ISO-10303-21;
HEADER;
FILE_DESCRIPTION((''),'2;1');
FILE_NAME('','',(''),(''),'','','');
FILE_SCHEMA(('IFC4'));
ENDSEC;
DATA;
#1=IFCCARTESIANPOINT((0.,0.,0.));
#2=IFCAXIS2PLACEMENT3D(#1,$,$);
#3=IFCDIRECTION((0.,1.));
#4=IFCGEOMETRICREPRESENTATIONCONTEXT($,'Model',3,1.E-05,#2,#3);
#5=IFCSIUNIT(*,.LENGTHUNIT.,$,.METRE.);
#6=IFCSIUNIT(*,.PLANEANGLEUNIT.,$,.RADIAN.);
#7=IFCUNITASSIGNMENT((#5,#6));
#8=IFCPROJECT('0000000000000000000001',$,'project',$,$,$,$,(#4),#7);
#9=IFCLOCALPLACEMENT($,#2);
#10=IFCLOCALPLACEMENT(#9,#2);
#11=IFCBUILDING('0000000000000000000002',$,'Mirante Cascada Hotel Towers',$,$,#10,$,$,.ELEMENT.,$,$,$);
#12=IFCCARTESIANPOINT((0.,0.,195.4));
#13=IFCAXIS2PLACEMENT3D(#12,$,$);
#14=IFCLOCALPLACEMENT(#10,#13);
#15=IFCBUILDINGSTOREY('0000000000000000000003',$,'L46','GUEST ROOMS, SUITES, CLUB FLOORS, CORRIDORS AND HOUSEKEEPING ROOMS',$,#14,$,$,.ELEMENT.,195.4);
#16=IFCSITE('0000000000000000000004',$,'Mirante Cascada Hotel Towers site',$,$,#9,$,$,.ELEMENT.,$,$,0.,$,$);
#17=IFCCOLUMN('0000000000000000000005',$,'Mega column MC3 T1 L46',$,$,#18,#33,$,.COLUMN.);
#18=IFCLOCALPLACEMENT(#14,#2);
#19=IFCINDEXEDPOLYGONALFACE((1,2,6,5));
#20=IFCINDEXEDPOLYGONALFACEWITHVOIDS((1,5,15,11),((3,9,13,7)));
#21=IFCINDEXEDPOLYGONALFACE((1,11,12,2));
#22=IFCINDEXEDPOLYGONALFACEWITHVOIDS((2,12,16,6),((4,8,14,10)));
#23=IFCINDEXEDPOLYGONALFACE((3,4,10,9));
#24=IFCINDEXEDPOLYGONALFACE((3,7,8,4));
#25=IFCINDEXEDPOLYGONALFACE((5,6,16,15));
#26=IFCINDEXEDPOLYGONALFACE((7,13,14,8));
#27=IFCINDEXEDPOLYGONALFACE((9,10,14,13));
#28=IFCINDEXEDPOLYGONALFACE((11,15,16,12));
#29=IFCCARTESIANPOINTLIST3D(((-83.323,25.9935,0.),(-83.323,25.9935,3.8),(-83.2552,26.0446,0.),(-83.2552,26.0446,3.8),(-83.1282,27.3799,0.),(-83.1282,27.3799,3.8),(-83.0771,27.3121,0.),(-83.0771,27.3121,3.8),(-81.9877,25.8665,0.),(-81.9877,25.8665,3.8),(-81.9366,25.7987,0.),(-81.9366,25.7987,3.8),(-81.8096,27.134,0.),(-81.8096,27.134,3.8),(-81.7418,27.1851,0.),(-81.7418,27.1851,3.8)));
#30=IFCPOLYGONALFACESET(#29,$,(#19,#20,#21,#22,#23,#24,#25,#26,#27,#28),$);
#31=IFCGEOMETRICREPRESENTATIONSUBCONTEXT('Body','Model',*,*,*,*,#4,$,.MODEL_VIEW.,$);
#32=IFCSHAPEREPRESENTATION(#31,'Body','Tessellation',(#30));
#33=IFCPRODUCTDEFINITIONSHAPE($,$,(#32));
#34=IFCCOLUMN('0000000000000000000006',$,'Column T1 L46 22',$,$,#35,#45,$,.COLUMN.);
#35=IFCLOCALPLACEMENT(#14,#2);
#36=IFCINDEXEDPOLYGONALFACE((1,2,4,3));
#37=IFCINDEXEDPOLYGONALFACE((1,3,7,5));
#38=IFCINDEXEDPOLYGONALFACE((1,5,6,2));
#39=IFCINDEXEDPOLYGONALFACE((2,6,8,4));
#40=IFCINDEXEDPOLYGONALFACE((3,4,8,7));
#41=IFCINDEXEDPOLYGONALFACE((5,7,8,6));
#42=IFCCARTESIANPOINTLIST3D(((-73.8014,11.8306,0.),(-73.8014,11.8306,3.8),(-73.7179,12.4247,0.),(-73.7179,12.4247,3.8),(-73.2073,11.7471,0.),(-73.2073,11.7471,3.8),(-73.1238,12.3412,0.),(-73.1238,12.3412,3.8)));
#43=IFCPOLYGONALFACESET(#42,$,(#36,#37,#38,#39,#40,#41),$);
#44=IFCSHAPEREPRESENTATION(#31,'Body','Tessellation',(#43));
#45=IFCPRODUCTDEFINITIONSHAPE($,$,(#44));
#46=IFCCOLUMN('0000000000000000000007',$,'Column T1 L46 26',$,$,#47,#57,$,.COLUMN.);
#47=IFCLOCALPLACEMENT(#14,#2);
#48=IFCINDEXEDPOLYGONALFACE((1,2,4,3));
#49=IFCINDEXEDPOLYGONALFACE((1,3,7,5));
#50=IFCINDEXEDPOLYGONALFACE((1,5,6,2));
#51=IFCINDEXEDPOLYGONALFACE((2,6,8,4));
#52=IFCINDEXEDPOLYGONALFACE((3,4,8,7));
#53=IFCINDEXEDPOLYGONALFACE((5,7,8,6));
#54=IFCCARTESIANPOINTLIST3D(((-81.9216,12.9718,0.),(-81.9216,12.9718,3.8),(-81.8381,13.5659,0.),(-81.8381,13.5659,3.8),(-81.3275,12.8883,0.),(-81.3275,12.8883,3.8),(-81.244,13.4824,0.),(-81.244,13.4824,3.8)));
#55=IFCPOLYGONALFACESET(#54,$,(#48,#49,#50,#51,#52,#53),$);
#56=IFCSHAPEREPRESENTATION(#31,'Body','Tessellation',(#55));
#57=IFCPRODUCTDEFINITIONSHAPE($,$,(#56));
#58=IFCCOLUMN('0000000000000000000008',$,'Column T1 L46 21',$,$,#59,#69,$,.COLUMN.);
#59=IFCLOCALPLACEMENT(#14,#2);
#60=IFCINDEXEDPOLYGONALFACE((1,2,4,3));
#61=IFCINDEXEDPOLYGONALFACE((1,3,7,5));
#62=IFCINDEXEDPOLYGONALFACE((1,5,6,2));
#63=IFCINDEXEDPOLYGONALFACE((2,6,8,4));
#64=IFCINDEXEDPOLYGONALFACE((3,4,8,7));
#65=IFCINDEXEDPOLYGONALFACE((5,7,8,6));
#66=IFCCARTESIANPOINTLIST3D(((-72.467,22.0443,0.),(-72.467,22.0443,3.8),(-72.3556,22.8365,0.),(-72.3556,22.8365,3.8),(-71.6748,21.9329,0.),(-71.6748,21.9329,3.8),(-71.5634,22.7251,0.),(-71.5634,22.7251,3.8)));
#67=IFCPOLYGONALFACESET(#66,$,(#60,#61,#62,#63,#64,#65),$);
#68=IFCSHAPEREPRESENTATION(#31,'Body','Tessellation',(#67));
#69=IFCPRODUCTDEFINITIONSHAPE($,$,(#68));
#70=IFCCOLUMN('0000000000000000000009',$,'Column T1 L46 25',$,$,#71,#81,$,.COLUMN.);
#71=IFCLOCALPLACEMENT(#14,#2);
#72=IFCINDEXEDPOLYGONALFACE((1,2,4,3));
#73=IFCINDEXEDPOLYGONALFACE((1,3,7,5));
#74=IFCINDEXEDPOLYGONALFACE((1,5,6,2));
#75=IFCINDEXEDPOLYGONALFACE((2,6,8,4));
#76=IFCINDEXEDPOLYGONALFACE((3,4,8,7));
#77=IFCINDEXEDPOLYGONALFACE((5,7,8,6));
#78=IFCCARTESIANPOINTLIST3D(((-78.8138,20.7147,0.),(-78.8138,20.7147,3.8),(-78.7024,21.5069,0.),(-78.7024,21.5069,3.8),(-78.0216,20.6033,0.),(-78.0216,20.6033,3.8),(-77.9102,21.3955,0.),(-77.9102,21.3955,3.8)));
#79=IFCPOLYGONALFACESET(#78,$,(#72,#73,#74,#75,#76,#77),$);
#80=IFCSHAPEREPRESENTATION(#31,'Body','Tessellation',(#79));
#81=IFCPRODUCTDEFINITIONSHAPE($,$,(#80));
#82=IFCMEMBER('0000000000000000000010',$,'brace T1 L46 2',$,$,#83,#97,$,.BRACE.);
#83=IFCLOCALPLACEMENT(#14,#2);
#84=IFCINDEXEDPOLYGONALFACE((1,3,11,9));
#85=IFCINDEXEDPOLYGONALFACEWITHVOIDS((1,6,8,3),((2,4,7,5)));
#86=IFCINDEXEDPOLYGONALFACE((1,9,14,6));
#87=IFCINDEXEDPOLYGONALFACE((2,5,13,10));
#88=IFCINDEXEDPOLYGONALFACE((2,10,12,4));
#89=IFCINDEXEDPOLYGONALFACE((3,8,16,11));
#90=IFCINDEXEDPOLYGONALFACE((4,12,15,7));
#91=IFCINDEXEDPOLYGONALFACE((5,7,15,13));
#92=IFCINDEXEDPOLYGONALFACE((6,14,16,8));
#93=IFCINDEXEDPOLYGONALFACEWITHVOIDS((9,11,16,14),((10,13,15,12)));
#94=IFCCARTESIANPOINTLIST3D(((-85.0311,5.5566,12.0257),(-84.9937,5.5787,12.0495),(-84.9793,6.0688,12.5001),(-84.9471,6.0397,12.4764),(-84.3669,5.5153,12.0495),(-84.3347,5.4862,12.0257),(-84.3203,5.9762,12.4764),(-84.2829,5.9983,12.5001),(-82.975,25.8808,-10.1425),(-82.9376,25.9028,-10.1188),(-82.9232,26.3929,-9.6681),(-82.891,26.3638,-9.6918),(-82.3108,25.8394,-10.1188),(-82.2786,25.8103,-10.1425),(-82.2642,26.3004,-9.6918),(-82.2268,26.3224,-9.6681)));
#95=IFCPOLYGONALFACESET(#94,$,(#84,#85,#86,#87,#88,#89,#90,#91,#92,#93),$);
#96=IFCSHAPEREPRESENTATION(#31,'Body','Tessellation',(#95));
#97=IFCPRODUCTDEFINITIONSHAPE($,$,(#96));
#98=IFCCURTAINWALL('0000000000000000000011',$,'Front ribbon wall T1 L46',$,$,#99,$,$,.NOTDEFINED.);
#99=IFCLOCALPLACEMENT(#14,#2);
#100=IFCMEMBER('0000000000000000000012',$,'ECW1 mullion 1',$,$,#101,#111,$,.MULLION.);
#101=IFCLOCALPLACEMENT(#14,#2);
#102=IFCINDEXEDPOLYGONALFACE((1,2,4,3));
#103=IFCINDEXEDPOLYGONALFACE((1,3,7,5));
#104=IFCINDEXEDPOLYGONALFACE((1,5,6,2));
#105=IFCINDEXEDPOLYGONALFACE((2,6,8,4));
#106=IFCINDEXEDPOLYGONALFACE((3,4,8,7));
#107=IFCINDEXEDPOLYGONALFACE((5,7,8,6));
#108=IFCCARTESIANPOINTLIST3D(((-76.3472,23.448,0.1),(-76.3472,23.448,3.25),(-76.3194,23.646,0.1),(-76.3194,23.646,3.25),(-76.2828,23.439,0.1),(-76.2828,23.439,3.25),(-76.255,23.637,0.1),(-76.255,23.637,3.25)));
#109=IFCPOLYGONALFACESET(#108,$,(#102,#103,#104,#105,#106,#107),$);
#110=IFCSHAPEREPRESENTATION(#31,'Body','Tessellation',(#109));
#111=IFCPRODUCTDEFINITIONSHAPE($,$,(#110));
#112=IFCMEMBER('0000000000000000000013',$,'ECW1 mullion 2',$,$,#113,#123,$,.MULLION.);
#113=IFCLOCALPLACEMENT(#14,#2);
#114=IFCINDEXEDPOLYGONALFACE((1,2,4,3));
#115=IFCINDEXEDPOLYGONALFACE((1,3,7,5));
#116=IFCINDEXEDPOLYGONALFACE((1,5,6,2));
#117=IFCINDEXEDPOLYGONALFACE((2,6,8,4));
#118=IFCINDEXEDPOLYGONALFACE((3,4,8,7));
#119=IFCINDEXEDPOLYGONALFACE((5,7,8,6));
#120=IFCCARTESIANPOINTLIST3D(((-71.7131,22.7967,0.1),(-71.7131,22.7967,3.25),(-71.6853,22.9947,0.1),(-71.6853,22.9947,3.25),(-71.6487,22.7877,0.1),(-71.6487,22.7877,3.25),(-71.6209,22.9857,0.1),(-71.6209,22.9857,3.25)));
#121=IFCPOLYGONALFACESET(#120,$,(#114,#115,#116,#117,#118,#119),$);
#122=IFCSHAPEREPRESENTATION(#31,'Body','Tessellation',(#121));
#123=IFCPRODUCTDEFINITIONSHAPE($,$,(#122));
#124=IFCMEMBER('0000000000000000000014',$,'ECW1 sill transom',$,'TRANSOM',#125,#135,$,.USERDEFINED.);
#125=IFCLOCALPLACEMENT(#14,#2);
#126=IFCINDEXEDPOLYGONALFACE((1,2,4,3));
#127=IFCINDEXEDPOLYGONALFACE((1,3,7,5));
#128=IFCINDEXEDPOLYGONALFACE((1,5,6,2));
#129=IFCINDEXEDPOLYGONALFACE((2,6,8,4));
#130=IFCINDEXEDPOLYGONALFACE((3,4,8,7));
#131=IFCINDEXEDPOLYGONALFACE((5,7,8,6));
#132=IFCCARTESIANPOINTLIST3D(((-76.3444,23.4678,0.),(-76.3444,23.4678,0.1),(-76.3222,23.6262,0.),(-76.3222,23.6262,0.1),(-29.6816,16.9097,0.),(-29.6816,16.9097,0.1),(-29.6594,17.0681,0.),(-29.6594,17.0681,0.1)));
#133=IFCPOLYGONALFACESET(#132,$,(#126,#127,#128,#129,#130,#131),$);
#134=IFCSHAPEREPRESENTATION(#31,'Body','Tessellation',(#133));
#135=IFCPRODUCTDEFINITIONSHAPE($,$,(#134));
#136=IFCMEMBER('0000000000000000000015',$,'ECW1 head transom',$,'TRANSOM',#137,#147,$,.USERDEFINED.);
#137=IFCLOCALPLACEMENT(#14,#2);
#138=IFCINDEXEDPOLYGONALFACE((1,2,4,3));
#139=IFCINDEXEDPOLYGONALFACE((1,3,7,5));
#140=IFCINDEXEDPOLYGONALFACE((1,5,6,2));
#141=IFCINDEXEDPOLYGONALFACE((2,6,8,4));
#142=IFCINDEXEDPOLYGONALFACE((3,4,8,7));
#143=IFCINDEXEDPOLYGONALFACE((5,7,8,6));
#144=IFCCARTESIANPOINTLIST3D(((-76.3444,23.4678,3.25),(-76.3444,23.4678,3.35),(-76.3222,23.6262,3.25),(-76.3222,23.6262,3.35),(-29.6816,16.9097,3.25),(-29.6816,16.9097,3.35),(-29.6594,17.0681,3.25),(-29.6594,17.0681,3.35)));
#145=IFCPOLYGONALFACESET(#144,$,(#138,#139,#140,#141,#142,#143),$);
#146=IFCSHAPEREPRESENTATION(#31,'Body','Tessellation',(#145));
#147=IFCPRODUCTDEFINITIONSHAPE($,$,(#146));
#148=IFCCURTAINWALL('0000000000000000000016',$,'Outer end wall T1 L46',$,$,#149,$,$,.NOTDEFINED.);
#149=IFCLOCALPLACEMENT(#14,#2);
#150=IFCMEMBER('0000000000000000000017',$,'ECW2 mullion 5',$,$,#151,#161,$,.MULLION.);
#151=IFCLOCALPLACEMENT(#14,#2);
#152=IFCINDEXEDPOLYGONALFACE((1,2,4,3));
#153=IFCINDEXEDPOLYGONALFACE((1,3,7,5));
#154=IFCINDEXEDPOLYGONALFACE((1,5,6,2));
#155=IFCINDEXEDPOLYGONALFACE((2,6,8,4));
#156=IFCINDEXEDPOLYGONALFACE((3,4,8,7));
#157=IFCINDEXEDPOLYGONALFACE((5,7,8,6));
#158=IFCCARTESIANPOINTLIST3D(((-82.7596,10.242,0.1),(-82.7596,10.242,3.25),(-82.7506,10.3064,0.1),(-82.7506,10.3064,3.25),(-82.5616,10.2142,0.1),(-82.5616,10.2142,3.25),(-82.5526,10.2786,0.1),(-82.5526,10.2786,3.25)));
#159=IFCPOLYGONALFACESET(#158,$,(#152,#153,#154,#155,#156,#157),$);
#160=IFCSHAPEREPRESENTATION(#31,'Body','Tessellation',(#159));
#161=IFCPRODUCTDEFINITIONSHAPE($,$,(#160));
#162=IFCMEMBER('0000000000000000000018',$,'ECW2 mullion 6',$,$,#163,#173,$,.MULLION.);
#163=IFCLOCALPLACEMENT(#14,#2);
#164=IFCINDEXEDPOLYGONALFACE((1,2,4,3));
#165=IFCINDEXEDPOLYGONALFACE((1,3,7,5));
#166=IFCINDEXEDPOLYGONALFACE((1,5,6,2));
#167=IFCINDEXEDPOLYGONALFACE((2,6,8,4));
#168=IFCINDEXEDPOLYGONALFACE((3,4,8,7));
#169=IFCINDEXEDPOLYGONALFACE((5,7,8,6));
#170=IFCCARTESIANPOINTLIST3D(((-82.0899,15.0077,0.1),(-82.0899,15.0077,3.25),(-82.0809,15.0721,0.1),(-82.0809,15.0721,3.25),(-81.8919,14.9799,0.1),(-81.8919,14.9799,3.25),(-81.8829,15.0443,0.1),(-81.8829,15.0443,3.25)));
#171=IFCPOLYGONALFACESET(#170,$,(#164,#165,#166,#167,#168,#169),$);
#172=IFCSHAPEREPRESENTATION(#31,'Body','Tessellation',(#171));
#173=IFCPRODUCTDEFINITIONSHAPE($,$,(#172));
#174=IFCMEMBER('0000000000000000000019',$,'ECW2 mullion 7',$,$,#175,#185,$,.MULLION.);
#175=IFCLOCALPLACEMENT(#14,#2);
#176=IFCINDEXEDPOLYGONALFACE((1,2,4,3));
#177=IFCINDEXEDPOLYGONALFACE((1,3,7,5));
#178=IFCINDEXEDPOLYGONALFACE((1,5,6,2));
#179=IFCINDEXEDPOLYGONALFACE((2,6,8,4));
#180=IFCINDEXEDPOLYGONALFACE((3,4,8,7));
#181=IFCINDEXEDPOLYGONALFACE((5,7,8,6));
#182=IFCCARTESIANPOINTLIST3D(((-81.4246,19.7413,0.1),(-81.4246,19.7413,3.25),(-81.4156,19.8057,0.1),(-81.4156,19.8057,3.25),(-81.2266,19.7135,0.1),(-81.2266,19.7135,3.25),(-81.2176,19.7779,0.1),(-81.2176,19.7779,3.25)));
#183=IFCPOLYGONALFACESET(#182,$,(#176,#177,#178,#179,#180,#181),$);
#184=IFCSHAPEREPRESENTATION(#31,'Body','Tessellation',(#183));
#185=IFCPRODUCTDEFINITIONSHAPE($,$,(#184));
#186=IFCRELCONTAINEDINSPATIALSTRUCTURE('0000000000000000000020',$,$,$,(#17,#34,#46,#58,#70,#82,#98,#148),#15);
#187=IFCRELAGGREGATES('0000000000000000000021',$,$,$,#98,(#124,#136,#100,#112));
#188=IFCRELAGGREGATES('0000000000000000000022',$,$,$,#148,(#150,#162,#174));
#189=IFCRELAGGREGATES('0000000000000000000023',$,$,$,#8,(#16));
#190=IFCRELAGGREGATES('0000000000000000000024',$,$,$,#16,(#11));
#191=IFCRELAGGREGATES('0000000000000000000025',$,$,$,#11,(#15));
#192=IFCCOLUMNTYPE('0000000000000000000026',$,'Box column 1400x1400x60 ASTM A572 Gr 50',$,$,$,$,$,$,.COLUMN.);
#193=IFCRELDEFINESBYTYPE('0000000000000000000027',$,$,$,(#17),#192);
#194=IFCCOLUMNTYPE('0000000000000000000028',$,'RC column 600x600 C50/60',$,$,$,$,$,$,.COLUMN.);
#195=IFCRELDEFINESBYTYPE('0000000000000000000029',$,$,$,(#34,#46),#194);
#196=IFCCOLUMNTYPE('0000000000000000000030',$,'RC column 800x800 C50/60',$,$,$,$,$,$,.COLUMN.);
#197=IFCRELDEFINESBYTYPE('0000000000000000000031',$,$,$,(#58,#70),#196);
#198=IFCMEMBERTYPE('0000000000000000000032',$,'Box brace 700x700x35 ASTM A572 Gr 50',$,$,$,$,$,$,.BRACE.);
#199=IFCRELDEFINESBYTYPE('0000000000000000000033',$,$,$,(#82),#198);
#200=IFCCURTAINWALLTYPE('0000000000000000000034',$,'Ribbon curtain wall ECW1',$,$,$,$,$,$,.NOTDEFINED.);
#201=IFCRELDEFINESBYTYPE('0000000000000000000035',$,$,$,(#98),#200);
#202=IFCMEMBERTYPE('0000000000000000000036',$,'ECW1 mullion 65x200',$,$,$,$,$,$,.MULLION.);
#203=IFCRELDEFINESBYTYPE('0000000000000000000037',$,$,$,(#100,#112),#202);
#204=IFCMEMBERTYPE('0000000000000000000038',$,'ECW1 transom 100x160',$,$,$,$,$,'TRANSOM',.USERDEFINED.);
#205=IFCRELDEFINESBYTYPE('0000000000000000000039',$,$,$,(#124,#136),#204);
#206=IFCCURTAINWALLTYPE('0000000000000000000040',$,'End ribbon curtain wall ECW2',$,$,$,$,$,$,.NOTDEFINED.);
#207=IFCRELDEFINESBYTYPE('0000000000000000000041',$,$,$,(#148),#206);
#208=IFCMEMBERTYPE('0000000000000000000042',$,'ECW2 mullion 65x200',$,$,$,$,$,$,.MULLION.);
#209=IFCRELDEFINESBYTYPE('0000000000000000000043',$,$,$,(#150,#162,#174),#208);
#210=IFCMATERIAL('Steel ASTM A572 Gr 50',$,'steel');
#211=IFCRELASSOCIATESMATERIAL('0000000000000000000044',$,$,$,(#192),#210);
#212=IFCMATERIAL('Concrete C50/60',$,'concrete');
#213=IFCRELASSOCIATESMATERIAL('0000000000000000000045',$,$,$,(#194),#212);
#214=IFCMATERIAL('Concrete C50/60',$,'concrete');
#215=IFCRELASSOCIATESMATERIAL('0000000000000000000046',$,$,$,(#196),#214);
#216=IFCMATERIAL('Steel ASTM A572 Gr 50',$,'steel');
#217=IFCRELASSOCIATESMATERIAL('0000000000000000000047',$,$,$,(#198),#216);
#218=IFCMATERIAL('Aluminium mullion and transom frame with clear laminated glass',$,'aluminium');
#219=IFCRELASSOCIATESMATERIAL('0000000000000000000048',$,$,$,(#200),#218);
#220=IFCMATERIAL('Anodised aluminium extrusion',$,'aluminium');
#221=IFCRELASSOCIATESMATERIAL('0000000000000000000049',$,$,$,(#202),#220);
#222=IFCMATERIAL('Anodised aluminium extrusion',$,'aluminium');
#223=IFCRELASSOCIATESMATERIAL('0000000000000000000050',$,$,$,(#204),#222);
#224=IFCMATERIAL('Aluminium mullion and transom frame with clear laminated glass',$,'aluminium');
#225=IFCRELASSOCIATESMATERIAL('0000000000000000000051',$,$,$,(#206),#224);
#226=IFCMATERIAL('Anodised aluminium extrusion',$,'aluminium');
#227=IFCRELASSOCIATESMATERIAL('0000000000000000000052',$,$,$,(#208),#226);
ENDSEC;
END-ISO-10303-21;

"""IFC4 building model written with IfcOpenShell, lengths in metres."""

from ifc_helpers import new_model, si_unit, direction, frame, origin, origin_2d, place, context, subcontext, project, spatial, rectangle, hollow_rectangle, extrude, material, material_profile, profile_set, type_object, element, aggregate, save


model = new_model("IFC4")

# Units and contexts
model_context = context("Model", 3, precision=1e-05, world=origin(), true_north=direction((0.0, 1.0)))
body_context = subcontext(model_context, "Body", "Model", "MODEL_VIEW")
ifc_project = project(units=[si_unit("LENGTHUNIT", "METRE"), si_unit("PLANEANGLEUNIT", "RADIAN")], contexts=[model_context])

# Site, building, storey
site_placement = place(None, origin())
site = spatial("IfcSite", under=ifc_project, at=site_placement, Name="Mirante Cascada Hotel Towers site", CompositionType="ELEMENT", RefElevation=0.0)
building_placement = place(site_placement, origin())
building = spatial("IfcBuilding", under=site, at=building_placement, Name="Mirante Cascada Hotel Towers", CompositionType="ELEMENT")
storey_placement = place(building_placement, frame((0.0, 0.0, 195.4)))
storey = spatial("IfcBuildingStorey", under=building, at=storey_placement, Name="L46", Description="GUEST ROOMS, SUITES, CLUB FLOORS, CORRIDORS AND HOUSEKEEPING ROOMS", CompositionType="ELEMENT", Elevation=195.4)

# Columns
ifc_material_1 = material(Name="Steel ASTM A572 Gr 50", Category="steel")
ifc_material_profile_1 = material_profile(ifc_material_1, hollow_rectangle(XDim=1.4, YDim=1.4, WallThickness=0.06, at=origin_2d()), Name="Box column 1400x1400x60 ASTM A572 Gr 50")
ifc_profile_set_1 = profile_set([ifc_material_profile_1], Name="Steel ASTM A572 Gr 50")
column_type_1 = type_object("IfcColumnType", Name="Box column 1400x1400x60 ASTM A572 Gr 50", PredefinedType="COLUMN", material=ifc_profile_set_1)
column_placement = place(storey_placement, frame((-82.5324, 26.5893, 0.0), z_axis=(0.0, 0.0, 1.0), x_axis=(-0.990268, 0.139173, 0.0)))
element("IfcColumn", 1, at=column_placement, inside=storey, type_object=column_type_1, Name="Mega column MC3 T1 L46", PredefinedType="COLUMN", context=body_context, shape_type="SweptSolid", body=[
    extrude(hollow_rectangle(XDim=1.4, YDim=1.4, WallThickness=0.06, at=origin_2d()), origin(), (0.0, 0.0, 1.0), 3.8),
])
ifc_material_2 = material(Name="Concrete C50/60", Category="concrete")
ifc_material_profile_2 = material_profile(ifc_material_2, rectangle(XDim=0.6, YDim=0.6, at=origin_2d()), Name="RC column 600x600 C50/60")
ifc_profile_set_2 = profile_set([ifc_material_profile_2], Name="Concrete C50/60")
column_type_2 = type_object("IfcColumnType", Name="RC column 600x600 C50/60", PredefinedType="COLUMN", material=ifc_profile_set_2)
for number, where, z_axis, x_axis, name in (
    (2, (-73.4626, 12.0859, 0.0), (0.0, 0.0, 1.0), (-0.990268, 0.139173, 0.0), "Column T1 L46 22"),
    (3, (-81.5828, 13.2271, 0.0), (0.0, 0.0, 1.0), (-0.990268, 0.139173, 0.0), "Column T1 L46 26"),
):
    element("IfcColumn", number, at=place(storey_placement, frame(where, z_axis=z_axis, x_axis=x_axis)), inside=storey, type_object=column_type_2, Name=name, PredefinedType="COLUMN", context=body_context, shape_type="SweptSolid", body=[
        extrude(rectangle(XDim=0.6, YDim=0.6, at=origin_2d()), origin(), (0.0, 0.0, 1.0), 3.8),
    ])
ifc_material_3 = material(Name="Concrete C50/60", Category="concrete")
ifc_material_profile_3 = material_profile(ifc_material_3, rectangle(XDim=0.8, YDim=0.8, at=origin_2d()), Name="RC column 800x800 C50/60")
ifc_profile_set_3 = profile_set([ifc_material_profile_3], Name="Concrete C50/60")
column_type_3 = type_object("IfcColumnType", Name="RC column 800x800 C50/60", PredefinedType="COLUMN", material=ifc_profile_set_3)
for number, where, z_axis, x_axis, name in (
    (4, (-72.0152, 22.3847, 0.0), (0.0, 0.0, 1.0), (-0.990268, 0.139173, 0.0), "Column T1 L46 21"),
    (5, (-78.362, 21.0551, 0.0), (0.0, 0.0, 1.0), (-0.990268, 0.139173, 0.0), "Column T1 L46 25"),
):
    element("IfcColumn", number, at=place(storey_placement, frame(where, z_axis=z_axis, x_axis=x_axis)), inside=storey, type_object=column_type_3, Name=name, PredefinedType="COLUMN", context=body_context, shape_type="SweptSolid", body=[
        extrude(rectangle(XDim=0.8, YDim=0.8, at=origin_2d()), origin(), (0.0, 0.0, 1.0), 3.8),
    ])

# Member
ifc_material_4 = material(Name="Steel ASTM A572 Gr 50", Category="steel")
ifc_material_profile_4 = material_profile(ifc_material_4, hollow_rectangle(XDim=0.7, YDim=0.7, WallThickness=0.035, at=origin_2d()), Name="Box brace 700x700x35 ASTM A572 Gr 50")
ifc_profile_set_4 = profile_set([ifc_material_profile_4], Name="Steel ASTM A572 Gr 50")
member_type_1 = type_object("IfcMemberType", Name="Box brace 700x700x35 ASTM A572 Gr 50", PredefinedType="BRACE", material=ifc_profile_set_4)
member_1_placement = place(storey_placement, frame((-82.6009, 26.1016, -9.9053), z_axis=(-0.068207, -0.67421, 0.735384), x_axis=(0.994922, -0.100652, 0.0)))
element("IfcMember", 6, at=member_1_placement, inside=storey, type_object=member_type_1, Name="brace T1 L46 2", PredefinedType="BRACE", context=body_context, shape_type="SweptSolid", body=[
    extrude(hollow_rectangle(XDim=0.7, YDim=0.7, WallThickness=0.035, at=origin_2d()), origin(), (0.0, 0.0, 1.0), 30.1451),
])

# Curtain walls, members
ifc_material_5 = material(Name="Aluminium mullion and transom frame with clear laminated glass", Category="aluminium")
curtain_wall_type_1 = type_object("IfcCurtainWallType", Name="Ribbon curtain wall ECW1", PredefinedType="NOTDEFINED", material=ifc_material_5)
curtain_wall_1_placement = place(storey_placement, origin())
curtain_wall_1 = element("IfcCurtainWall", 7, at=curtain_wall_1_placement, inside=storey, type_object=curtain_wall_type_1, Name="Front ribbon wall T1 L46", PredefinedType="NOTDEFINED")
ifc_material_6 = material(Name="Anodised aluminium extrusion", Category="aluminium")
ifc_material_profile_5 = material_profile(ifc_material_6, rectangle(XDim=0.2, YDim=0.065, at=origin_2d()), Name="ECW1 MULLION 65x200")
ifc_profile_set_5 = profile_set([ifc_material_profile_5], Name="Anodised aluminium extrusion")
member_type_2 = type_object("IfcMemberType", Name="ECW1 mullion 65x200", PredefinedType="MULLION", material=ifc_profile_set_5)
member_2_placement = place(storey_placement, frame((-76.3011, 23.5425, 0.1), z_axis=(0.0, 0.0, 1.0), x_axis=(0.139173, 0.990268, 0.0)))
member_2 = element("IfcMember", 8, at=member_2_placement, type_object=member_type_2, Name="ECW1 mullion 1", PredefinedType="MULLION", context=body_context, shape_type="SweptSolid", body=[
    extrude(rectangle(XDim=0.2, YDim=0.065, at=origin_2d()), origin(), (0.0, 0.0, 1.0), 3.15),
])
member_3_placement = place(storey_placement, frame((-71.667, 22.8912, 0.1), z_axis=(0.0, 0.0, 1.0), x_axis=(0.139173, 0.990268, 0.0)))
member_3 = element("IfcMember", 9, at=member_3_placement, type_object=member_type_2, Name="ECW1 mullion 2", PredefinedType="MULLION", context=body_context, shape_type="SweptSolid", body=[
    extrude(rectangle(XDim=0.2, YDim=0.065, at=origin_2d()), origin(), (0.0, 0.0, 1.0), 3.15),
])
ifc_material_7 = material(Name="Anodised aluminium extrusion", Category="aluminium")
ifc_material_profile_6 = material_profile(ifc_material_7, rectangle(XDim=0.16, YDim=0.1, at=origin_2d()), Name="ECW1 TRANSOM 100x160")
ifc_profile_set_6 = profile_set([ifc_material_profile_6], Name="Anodised aluminium extrusion")
member_type_3 = type_object("IfcMemberType", Name="ECW1 transom 100x160", ElementType="TRANSOM", PredefinedType="USERDEFINED", material=ifc_profile_set_6)
member_4_placement = place(storey_placement, frame((-76.3333, 23.547, 0.05), z_axis=(0.990268, -0.139175, 0.0), x_axis=(0.139175, 0.990268, 0.0)))
member_4 = element("IfcMember", 10, at=member_4_placement, type_object=member_type_3, Name="ECW1 sill transom", ObjectType="TRANSOM", PredefinedType="USERDEFINED", context=body_context, shape_type="SweptSolid", body=[
    extrude(rectangle(XDim=0.16, YDim=0.1, at=origin_2d()), origin(), (0.0, 0.0, 1.0), 47.1214),
])
member_5_placement = place(storey_placement, frame((-76.3333, 23.547, 3.3), z_axis=(0.990268, -0.139175, 0.0), x_axis=(0.139175, 0.990268, 0.0)))
member_5 = element("IfcMember", 11, at=member_5_placement, type_object=member_type_3, Name="ECW1 head transom", ObjectType="TRANSOM", PredefinedType="USERDEFINED", context=body_context, shape_type="SweptSolid", body=[
    extrude(rectangle(XDim=0.16, YDim=0.1, at=origin_2d()), origin(), (0.0, 0.0, 1.0), 47.1214),
])
ifc_material_8 = material(Name="Aluminium mullion and transom frame with clear laminated glass", Category="aluminium")
curtain_wall_type_2 = type_object("IfcCurtainWallType", Name="End ribbon curtain wall ECW2", PredefinedType="NOTDEFINED", material=ifc_material_8)
curtain_wall_2_placement = place(storey_placement, origin())
curtain_wall_2 = element("IfcCurtainWall", 12, at=curtain_wall_2_placement, inside=storey, type_object=curtain_wall_type_2, Name="Outer end wall T1 L46", PredefinedType="NOTDEFINED")
ifc_material_9 = material(Name="Anodised aluminium extrusion", Category="aluminium")
ifc_material_profile_7 = material_profile(ifc_material_9, rectangle(XDim=0.2, YDim=0.065, at=origin_2d()), Name="ECW2 MULLION 65x200")
ifc_profile_set_7 = profile_set([ifc_material_profile_7], Name="Anodised aluminium extrusion")
member_type_4 = type_object("IfcMemberType", Name="ECW2 mullion 65x200", PredefinedType="MULLION", material=ifc_profile_set_7)
member_6_placement = place(storey_placement, frame((-82.6561, 10.2603, 0.1), z_axis=(0.0, 0.0, 1.0), x_axis=(-0.990268, 0.139173, 0.0)))
member_6 = element("IfcMember", 13, at=member_6_placement, type_object=member_type_4, Name="ECW2 mullion 5", PredefinedType="MULLION", context=body_context, shape_type="SweptSolid", body=[
    extrude(rectangle(XDim=0.2, YDim=0.065, at=origin_2d()), origin(), (0.0, 0.0, 1.0), 3.15),
])
member_7_placement = place(storey_placement, frame((-81.9864, 15.026, 0.1), z_axis=(0.0, 0.0, 1.0), x_axis=(-0.990268, 0.139173, 0.0)))
member_7 = element("IfcMember", 14, at=member_7_placement, type_object=member_type_4, Name="ECW2 mullion 6", PredefinedType="MULLION", context=body_context, shape_type="SweptSolid", body=[
    extrude(rectangle(XDim=0.2, YDim=0.065, at=origin_2d()), origin(), (0.0, 0.0, 1.0), 3.15),
])
member_8_placement = place(storey_placement, frame((-81.3211, 19.7596, 0.1), z_axis=(0.0, 0.0, 1.0), x_axis=(-0.990268, 0.139173, 0.0)))
member_8 = element("IfcMember", 15, at=member_8_placement, type_object=member_type_4, Name="ECW2 mullion 7", PredefinedType="MULLION", context=body_context, shape_type="SweptSolid", body=[
    extrude(rectangle(XDim=0.2, YDim=0.065, at=origin_2d()), origin(), (0.0, 0.0, 1.0), 3.15),
])

aggregate(curtain_wall_1, [member_4, member_5, member_2, member_3])
aggregate(curtain_wall_2, [member_6, member_7, member_8])

save(model, "model.ifc")
